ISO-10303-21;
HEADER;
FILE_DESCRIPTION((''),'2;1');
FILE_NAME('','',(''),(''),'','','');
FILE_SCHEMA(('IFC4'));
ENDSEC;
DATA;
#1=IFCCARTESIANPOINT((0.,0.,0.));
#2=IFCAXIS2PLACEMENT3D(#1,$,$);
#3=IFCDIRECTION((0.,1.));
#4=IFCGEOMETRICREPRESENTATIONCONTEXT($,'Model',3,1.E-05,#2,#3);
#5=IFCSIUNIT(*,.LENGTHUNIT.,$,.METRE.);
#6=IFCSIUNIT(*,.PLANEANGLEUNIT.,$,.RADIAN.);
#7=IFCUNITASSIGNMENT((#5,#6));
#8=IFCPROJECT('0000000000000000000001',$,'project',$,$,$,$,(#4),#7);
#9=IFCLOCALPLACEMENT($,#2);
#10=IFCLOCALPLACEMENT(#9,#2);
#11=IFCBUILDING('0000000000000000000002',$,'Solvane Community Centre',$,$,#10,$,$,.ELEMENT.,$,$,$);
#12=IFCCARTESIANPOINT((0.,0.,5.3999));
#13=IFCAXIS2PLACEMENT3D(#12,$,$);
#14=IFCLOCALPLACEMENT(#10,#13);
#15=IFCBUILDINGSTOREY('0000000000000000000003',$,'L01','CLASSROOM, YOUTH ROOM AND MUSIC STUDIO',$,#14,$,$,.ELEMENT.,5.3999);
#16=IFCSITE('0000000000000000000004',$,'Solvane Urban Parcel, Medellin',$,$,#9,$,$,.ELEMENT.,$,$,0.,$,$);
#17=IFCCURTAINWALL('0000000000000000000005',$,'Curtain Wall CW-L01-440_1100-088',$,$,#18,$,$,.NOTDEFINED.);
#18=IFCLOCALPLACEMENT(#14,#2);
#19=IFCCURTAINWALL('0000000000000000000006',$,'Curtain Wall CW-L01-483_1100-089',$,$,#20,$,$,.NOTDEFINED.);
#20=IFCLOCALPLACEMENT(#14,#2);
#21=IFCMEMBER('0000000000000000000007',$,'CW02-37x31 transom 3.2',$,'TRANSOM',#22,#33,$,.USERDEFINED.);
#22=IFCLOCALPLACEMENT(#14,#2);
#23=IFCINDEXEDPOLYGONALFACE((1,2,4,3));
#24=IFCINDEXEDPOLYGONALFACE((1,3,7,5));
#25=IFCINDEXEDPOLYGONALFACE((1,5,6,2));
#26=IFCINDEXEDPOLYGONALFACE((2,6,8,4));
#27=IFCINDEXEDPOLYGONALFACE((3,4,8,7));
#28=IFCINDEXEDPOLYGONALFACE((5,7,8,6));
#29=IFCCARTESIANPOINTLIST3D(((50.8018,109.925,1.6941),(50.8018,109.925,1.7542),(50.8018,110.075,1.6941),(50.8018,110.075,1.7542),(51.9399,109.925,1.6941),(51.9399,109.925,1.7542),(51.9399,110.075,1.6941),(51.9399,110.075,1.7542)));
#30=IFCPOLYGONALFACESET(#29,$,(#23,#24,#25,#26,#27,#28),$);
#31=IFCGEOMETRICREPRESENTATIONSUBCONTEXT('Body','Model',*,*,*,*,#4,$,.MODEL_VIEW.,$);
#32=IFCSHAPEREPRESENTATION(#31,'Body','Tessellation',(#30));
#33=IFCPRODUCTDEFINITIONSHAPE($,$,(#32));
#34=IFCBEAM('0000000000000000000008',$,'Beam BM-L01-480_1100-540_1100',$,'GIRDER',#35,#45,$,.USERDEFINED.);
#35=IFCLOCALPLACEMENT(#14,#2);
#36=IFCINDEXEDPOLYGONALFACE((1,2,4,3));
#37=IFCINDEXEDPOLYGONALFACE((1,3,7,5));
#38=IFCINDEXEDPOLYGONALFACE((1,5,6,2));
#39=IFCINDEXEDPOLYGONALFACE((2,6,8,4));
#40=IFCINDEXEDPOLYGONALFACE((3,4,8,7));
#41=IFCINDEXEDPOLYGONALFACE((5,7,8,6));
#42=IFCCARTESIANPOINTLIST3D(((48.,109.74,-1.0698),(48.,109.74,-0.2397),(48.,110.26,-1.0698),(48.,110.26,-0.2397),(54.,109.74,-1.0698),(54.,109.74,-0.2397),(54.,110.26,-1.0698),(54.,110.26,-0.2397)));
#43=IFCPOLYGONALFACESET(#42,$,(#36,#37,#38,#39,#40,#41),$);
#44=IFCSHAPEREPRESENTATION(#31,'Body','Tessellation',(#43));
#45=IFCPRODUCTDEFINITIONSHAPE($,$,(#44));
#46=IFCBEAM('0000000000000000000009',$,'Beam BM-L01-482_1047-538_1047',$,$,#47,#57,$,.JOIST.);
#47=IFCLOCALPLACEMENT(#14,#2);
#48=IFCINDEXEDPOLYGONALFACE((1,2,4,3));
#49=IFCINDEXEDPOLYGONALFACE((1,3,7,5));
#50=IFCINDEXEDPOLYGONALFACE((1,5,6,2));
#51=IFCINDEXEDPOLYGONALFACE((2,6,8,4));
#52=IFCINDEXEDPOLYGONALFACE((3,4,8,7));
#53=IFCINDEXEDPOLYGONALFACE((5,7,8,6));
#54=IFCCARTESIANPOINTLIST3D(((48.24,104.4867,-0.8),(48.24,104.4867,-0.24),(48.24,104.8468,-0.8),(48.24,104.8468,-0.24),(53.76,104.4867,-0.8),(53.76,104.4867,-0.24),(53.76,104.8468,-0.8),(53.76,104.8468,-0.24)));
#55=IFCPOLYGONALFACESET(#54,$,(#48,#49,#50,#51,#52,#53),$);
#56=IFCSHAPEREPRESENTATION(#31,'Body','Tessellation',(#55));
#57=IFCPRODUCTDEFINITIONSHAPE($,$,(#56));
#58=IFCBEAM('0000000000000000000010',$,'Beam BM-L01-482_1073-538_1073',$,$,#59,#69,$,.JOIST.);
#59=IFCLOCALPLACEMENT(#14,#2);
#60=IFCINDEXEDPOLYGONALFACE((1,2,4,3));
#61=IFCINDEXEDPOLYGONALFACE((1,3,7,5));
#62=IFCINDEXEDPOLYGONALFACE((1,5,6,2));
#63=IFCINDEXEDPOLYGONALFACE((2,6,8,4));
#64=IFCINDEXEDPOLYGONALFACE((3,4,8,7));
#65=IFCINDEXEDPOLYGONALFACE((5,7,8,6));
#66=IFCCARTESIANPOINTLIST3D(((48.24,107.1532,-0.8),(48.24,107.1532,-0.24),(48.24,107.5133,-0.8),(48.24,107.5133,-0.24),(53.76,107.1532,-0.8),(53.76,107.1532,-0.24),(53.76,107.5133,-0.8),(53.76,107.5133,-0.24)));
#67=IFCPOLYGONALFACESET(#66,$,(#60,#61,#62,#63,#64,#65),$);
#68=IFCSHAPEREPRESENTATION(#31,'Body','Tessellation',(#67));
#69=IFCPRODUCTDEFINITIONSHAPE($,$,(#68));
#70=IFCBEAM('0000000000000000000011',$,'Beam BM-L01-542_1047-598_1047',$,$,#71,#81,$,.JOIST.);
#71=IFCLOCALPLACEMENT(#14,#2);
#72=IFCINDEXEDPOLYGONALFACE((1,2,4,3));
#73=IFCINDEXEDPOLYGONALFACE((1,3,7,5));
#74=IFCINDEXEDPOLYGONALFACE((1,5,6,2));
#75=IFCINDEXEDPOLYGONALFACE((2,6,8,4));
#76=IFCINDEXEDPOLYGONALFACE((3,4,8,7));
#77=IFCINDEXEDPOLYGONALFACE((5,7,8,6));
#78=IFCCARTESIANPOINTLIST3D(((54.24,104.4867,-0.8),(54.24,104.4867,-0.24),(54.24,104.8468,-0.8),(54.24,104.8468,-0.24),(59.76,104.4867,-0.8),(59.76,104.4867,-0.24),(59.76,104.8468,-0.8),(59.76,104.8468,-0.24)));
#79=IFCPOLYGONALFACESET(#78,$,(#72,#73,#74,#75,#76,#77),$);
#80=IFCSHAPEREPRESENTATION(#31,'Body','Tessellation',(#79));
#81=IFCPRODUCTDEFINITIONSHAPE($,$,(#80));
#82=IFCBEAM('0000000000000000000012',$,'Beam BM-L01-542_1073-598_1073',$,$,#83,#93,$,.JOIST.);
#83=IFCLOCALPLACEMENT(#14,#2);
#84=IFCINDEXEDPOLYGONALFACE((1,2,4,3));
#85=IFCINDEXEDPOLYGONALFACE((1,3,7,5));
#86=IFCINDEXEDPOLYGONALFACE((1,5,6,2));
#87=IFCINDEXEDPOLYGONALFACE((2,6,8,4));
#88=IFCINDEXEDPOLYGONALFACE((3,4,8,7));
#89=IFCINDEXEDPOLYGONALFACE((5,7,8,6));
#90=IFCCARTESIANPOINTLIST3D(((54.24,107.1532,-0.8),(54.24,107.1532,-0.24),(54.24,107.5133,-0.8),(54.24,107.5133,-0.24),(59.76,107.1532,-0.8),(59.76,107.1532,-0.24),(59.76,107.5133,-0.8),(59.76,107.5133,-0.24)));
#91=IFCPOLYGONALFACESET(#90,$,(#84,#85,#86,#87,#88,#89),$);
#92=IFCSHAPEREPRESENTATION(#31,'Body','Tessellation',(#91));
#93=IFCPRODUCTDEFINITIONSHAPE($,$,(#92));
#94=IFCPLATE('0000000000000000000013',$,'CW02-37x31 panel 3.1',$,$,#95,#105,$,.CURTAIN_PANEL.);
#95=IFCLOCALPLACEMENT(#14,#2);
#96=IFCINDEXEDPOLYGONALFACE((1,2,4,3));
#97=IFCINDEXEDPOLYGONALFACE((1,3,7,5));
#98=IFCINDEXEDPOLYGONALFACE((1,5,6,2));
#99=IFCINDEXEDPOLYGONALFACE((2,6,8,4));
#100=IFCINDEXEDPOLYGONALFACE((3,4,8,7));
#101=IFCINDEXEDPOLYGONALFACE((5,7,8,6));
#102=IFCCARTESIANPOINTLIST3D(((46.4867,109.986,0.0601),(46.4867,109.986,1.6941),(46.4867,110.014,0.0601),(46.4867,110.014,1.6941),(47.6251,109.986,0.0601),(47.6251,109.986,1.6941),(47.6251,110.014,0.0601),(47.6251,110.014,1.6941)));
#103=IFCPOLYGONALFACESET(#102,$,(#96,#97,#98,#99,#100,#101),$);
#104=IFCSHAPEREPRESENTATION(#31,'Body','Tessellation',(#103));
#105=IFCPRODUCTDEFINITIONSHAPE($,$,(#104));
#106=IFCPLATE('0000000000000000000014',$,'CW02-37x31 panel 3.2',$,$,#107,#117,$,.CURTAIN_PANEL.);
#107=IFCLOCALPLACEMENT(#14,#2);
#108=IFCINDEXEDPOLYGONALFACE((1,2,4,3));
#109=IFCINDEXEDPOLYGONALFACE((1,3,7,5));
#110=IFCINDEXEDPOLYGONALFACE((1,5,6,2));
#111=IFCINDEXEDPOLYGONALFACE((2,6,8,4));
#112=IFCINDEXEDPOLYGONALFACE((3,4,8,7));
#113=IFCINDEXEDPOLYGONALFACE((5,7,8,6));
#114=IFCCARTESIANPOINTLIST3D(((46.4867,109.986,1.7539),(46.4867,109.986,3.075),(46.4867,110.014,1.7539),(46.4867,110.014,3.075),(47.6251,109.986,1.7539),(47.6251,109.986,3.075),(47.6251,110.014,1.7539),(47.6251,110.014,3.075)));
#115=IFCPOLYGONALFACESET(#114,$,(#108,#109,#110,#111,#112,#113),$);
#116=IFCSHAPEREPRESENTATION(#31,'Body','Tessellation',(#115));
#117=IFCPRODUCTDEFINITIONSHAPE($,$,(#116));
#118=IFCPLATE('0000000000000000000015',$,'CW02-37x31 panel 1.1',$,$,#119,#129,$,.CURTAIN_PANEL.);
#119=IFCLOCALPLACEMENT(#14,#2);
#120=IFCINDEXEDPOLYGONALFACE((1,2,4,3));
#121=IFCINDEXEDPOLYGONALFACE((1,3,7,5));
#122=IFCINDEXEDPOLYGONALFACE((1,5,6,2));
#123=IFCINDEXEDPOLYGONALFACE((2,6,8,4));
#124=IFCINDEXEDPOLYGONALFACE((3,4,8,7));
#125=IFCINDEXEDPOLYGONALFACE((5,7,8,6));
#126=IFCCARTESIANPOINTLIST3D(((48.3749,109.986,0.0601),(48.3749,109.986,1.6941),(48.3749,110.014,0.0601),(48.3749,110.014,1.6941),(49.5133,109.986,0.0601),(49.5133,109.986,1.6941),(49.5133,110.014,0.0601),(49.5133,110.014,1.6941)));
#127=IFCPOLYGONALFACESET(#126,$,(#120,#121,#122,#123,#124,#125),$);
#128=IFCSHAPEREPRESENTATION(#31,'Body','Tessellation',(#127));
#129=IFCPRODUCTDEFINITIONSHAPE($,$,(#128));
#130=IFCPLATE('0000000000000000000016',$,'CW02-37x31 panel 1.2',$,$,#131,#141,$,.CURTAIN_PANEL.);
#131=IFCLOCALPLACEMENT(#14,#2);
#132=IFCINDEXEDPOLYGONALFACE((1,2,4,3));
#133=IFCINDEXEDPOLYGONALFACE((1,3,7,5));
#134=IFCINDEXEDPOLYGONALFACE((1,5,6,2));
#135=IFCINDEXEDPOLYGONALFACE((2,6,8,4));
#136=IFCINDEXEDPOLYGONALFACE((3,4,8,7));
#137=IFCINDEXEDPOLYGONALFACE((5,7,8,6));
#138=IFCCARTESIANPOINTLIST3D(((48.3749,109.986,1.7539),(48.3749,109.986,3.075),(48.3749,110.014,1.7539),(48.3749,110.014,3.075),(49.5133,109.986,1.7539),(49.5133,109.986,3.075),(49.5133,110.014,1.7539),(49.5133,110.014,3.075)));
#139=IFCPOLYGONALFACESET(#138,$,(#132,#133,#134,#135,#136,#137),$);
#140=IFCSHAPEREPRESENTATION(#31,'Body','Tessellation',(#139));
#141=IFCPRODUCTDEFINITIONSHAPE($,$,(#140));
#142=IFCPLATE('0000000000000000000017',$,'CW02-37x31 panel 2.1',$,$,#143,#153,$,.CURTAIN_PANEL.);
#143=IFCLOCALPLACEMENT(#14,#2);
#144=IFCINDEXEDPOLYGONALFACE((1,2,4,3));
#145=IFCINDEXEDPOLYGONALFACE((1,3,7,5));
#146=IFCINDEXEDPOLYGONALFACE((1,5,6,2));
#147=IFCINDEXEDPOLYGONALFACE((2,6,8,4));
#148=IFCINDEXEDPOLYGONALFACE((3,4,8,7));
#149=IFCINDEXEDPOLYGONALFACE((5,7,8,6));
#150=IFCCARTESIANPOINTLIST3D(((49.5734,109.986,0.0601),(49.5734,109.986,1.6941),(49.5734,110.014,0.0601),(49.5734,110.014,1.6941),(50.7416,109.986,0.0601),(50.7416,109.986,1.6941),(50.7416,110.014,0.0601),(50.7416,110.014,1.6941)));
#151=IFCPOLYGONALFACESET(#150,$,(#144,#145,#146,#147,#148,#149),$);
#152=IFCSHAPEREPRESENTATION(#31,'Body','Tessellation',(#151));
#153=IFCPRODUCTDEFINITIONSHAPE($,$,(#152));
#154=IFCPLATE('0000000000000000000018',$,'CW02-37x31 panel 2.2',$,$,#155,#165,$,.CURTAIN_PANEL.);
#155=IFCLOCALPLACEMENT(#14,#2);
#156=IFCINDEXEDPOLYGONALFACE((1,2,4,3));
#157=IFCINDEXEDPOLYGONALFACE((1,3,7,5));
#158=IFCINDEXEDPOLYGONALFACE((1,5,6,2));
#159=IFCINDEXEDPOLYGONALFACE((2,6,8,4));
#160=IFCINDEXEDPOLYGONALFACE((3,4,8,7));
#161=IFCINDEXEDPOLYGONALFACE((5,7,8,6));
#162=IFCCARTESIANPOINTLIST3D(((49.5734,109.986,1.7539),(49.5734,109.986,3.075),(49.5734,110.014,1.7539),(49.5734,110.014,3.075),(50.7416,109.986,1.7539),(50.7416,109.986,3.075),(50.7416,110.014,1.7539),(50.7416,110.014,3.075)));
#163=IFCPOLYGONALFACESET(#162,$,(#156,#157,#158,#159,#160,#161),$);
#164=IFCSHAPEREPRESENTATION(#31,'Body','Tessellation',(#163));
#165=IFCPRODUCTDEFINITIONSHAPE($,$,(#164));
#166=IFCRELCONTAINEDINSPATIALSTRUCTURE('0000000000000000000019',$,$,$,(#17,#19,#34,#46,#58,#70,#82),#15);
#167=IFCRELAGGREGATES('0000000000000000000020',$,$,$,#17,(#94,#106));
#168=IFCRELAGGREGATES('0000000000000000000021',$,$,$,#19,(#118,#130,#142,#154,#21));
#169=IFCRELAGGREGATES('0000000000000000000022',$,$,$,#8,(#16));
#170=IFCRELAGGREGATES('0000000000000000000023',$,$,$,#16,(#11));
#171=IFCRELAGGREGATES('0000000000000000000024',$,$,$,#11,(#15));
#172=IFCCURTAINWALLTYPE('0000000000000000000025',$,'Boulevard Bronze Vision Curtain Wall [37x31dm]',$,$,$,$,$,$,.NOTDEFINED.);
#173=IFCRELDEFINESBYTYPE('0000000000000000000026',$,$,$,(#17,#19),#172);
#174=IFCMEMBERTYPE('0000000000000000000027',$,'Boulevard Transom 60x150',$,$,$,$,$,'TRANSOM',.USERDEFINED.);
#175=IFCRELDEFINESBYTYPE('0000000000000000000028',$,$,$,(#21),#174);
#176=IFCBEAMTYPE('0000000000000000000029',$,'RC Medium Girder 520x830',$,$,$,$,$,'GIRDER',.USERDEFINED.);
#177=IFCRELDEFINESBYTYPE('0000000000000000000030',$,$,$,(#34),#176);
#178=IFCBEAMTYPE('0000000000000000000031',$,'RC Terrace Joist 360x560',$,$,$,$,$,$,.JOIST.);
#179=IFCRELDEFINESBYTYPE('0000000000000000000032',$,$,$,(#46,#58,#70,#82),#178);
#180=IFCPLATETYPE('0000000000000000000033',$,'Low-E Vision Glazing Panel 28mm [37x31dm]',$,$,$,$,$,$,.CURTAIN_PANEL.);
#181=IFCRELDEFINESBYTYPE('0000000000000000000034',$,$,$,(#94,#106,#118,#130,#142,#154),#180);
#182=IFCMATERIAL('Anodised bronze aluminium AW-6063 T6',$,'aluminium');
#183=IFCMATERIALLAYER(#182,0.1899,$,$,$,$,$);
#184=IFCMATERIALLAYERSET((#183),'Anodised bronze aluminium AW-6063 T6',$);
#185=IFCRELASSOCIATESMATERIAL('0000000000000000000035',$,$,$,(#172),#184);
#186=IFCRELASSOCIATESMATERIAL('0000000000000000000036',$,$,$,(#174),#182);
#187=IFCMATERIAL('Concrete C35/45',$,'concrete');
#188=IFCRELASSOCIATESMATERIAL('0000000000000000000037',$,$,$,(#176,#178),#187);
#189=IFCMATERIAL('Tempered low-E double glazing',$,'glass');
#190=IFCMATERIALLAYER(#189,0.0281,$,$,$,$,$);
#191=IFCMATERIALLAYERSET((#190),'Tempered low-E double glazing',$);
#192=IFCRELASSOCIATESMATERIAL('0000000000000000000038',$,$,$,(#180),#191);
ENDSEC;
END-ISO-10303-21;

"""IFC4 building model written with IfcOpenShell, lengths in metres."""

from ifc_helpers import new_model, si_unit, direction, frame, origin, origin_2d, place, context, subcontext, project, spatial, rectangle, extrude, material, layer, layer_set, material_profile, profile_set, type_object, element, aggregate, save


model = new_model("IFC4")

# Units and contexts
model_context = context("Model", 3, precision=1e-05, world=origin(), true_north=direction((0.0, 1.0)))
body_context = subcontext(model_context, "Body", "Model", "MODEL_VIEW")
ifc_project = project(units=[si_unit("LENGTHUNIT", "METRE"), si_unit("PLANEANGLEUNIT", "RADIAN")], contexts=[model_context])

# Site, building, storey
site_placement = place(None, origin())
site = spatial("IfcSite", under=ifc_project, at=site_placement, Name="Solvane Urban Parcel, Medellin", CompositionType="ELEMENT", RefElevation=0.0)
building_placement = place(site_placement, origin())
building = spatial("IfcBuilding", under=site, at=building_placement, Name="Solvane Community Centre", CompositionType="ELEMENT")
storey_placement = place(building_placement, frame((0.0, 0.0, 5.3999)))
storey = spatial("IfcBuildingStorey", under=building, at=storey_placement, Name="L01", Description="CLASSROOM, YOUTH ROOM AND MUSIC STUDIO", CompositionType="ELEMENT", Elevation=5.3999)

# Shared definitions
ifc_material_1 = material(Name="Concrete C35/45", Category="concrete")

# Curtain wall
ifc_material_2 = material(Name="Anodised bronze aluminium AW-6063 T6", Category="aluminium")
ifc_layer_1 = layer(ifc_material_2, 0.1899)
ifc_layer_set_1 = layer_set([ifc_layer_1], Name="Anodised bronze aluminium AW-6063 T6")
curtain_wall_type = type_object("IfcCurtainWallType", Name="Boulevard Bronze Vision Curtain Wall [37x31dm]", PredefinedType="NOTDEFINED", material=ifc_layer_set_1)
curtain_wall_1_placement = place(storey_placement, origin())
curtain_wall_1 = element("IfcCurtainWall", 1, at=curtain_wall_1_placement, inside=storey, type_object=curtain_wall_type, Name="Curtain Wall CW-L01-440_1100-088", PredefinedType="NOTDEFINED")

# Curtain wall
curtain_wall_2_placement = place(storey_placement, origin())
curtain_wall_2 = element("IfcCurtainWall", 2, at=curtain_wall_2_placement, inside=storey, type_object=curtain_wall_type, Name="Curtain Wall CW-L01-483_1100-089", PredefinedType="NOTDEFINED")

# Member
ifc_material_profile_1 = material_profile(ifc_material_2, rectangle(XDim=0.1499, YDim=0.0601, at=origin_2d()), Name="CW-T 60x150")
ifc_profile_set_1 = profile_set([ifc_material_profile_1], Name="Anodised bronze aluminium AW-6063 T6")
member_type_1 = type_object("IfcMemberType", Name="Boulevard Transom 60x150", ElementType="TRANSOM", PredefinedType="USERDEFINED", material=ifc_profile_set_1)
member_1_placement = place(storey_placement, frame((50.8018, 110.0, 1.7241), z_axis=(1.0, 0.0, 0.0), x_axis=(0.0, 1.0, 0.0)))
member_1 = element("IfcMember", 3, at=member_1_placement, type_object=member_type_1, Name="CW02-37x31 transom 3.2", ObjectType="TRANSOM", PredefinedType="USERDEFINED", context=body_context, shape_type="SweptSolid", body=[
    extrude(rectangle(XDim=0.1499, YDim=0.0601, at=origin_2d()), origin(), (0.0, 0.0, 1.0), 1.1382),
])

# Beams
ifc_material_profile_2 = material_profile(ifc_material_1, rectangle(XDim=0.52, YDim=0.8301, at=origin_2d()), Name="RC 520x830")
ifc_profile_set_2 = profile_set([ifc_material_profile_2], Name="Concrete C35/45")
beam_type_1 = type_object("IfcBeamType", Name="RC Medium Girder 520x830", ElementType="GIRDER", PredefinedType="USERDEFINED", material=ifc_profile_set_2)
beam_placement = place(storey_placement, frame((48.0, 110.0, -0.6548), z_axis=(1.0, 0.0, 0.0), x_axis=(0.0, 1.0, 0.0)))
element("IfcBeam", 4, at=beam_placement, inside=storey, type_object=beam_type_1, Name="Beam BM-L01-480_1100-540_1100", ObjectType="GIRDER", PredefinedType="USERDEFINED", context=body_context, shape_type="SweptSolid", body=[
    extrude(rectangle(XDim=0.52, YDim=0.8301, at=origin_2d()), origin(), (0.0, 0.0, 1.0), 6.0),
])
ifc_material_profile_3 = material_profile(ifc_material_1, rectangle(XDim=0.3601, YDim=0.5601, at=origin_2d()), Name="RC 360x560")
ifc_profile_set_3 = profile_set([ifc_material_profile_3], Name="Concrete C35/45")
beam_type_2 = type_object("IfcBeamType", Name="RC Terrace Joist 360x560", PredefinedType="JOIST", material=ifc_profile_set_3)
for number, where, z_axis, x_axis, name in (
    (5, (48.24, 104.6667, -0.52), (1.0, 0.0, 0.0), (0.0, 1.0, 0.0), "Beam BM-L01-482_1047-538_1047"),
    (6, (48.24, 107.3333, -0.52), (1.0, 0.0, 0.0), (0.0, 1.0, 0.0), "Beam BM-L01-482_1073-538_1073"),
    (7, (54.24, 104.6667, -0.52), (1.0, 0.0, 0.0), (0.0, 1.0, 0.0), "Beam BM-L01-542_1047-598_1047"),
    (8, (54.24, 107.3333, -0.52), (1.0, 0.0, 0.0), (0.0, 1.0, 0.0), "Beam BM-L01-542_1073-598_1073"),
):
    element("IfcBeam", number, at=place(storey_placement, frame(where, z_axis=z_axis, x_axis=x_axis)), inside=storey, type_object=beam_type_2, Name=name, PredefinedType="JOIST", context=body_context, shape_type="SweptSolid", body=[
        extrude(rectangle(XDim=0.3601, YDim=0.5601, at=origin_2d()), origin(), (0.0, 0.0, 1.0), 5.52),
    ])

# Plates
ifc_material_3 = material(Name="Tempered low-E double glazing", Category="glass")
ifc_layer_2 = layer(ifc_material_3, 0.0281)
ifc_layer_set_2 = layer_set([ifc_layer_2], Name="Tempered low-E double glazing")
plate_type = type_object("IfcPlateType", Name="Low-E Vision Glazing Panel 28mm [37x31dm]", PredefinedType="CURTAIN_PANEL", material=ifc_layer_set_2)
plate_1_placement = place(storey_placement, frame((47.0559, 110.0, 0.0601), z_axis=(0.0, 0.0, 1.0), x_axis=(1.0, 0.0, 0.0)))
plate_1 = element("IfcPlate", 9, at=plate_1_placement, type_object=plate_type, Name="CW02-37x31 panel 3.1", PredefinedType="CURTAIN_PANEL", context=body_context, shape_type="SweptSolid", body=[
    extrude(rectangle(XDim=1.1384, YDim=0.0281, at=origin_2d()), origin(), (0.0, 0.0, 1.0), 1.634),
])
plate_2_placement = place(storey_placement, frame((47.0559, 110.0, 1.7539), z_axis=(0.0, 0.0, 1.0), x_axis=(1.0, 0.0, 0.0)))
plate_2 = element("IfcPlate", 10, at=plate_2_placement, type_object=plate_type, Name="CW02-37x31 panel 3.2", PredefinedType="CURTAIN_PANEL", context=body_context, shape_type="SweptSolid", body=[
    extrude(rectangle(XDim=1.1384, YDim=0.0281, at=origin_2d()), origin(), (0.0, 0.0, 1.0), 1.321),
])
aggregate(curtain_wall_1, [plate_1, plate_2])
plate_3_placement = place(storey_placement, frame((48.9441, 110.0, 0.0601), z_axis=(0.0, 0.0, 1.0), x_axis=(1.0, 0.0, 0.0)))
plate_3 = element("IfcPlate", 11, at=plate_3_placement, type_object=plate_type, Name="CW02-37x31 panel 1.1", PredefinedType="CURTAIN_PANEL", context=body_context, shape_type="SweptSolid", body=[
    extrude(rectangle(XDim=1.1384, YDim=0.0281, at=origin_2d()), origin(), (0.0, 0.0, 1.0), 1.634),
])
plate_4_placement = place(storey_placement, frame((48.9441, 110.0, 1.7539), z_axis=(0.0, 0.0, 1.0), x_axis=(1.0, 0.0, 0.0)))
plate_4 = element("IfcPlate", 12, at=plate_4_placement, type_object=plate_type, Name="CW02-37x31 panel 1.2", PredefinedType="CURTAIN_PANEL", context=body_context, shape_type="SweptSolid", body=[
    extrude(rectangle(XDim=1.1384, YDim=0.0281, at=origin_2d()), origin(), (0.0, 0.0, 1.0), 1.321),
])
plate_5_placement = place(storey_placement, frame((50.1575, 110.0, 0.0601), z_axis=(0.0, 0.0, 1.0), x_axis=(1.0, 0.0, 0.0)))
plate_5 = element("IfcPlate", 13, at=plate_5_placement, type_object=plate_type, Name="CW02-37x31 panel 2.1", PredefinedType="CURTAIN_PANEL", context=body_context, shape_type="SweptSolid", body=[
    extrude(rectangle(XDim=1.1682, YDim=0.0281, at=origin_2d()), origin(), (0.0, 0.0, 1.0), 1.634),
])
plate_6_placement = place(storey_placement, frame((50.1575, 110.0, 1.7539), z_axis=(0.0, 0.0, 1.0), x_axis=(1.0, 0.0, 0.0)))
plate_6 = element("IfcPlate", 14, at=plate_6_placement, type_object=plate_type, Name="CW02-37x31 panel 2.2", PredefinedType="CURTAIN_PANEL", context=body_context, shape_type="SweptSolid", body=[
    extrude(rectangle(XDim=1.1682, YDim=0.0281, at=origin_2d()), origin(), (0.0, 0.0, 1.0), 1.321),
])
aggregate(curtain_wall_2, [plate_3, plate_4, plate_5, plate_6, member_1])

save(model, "model.ifc")
